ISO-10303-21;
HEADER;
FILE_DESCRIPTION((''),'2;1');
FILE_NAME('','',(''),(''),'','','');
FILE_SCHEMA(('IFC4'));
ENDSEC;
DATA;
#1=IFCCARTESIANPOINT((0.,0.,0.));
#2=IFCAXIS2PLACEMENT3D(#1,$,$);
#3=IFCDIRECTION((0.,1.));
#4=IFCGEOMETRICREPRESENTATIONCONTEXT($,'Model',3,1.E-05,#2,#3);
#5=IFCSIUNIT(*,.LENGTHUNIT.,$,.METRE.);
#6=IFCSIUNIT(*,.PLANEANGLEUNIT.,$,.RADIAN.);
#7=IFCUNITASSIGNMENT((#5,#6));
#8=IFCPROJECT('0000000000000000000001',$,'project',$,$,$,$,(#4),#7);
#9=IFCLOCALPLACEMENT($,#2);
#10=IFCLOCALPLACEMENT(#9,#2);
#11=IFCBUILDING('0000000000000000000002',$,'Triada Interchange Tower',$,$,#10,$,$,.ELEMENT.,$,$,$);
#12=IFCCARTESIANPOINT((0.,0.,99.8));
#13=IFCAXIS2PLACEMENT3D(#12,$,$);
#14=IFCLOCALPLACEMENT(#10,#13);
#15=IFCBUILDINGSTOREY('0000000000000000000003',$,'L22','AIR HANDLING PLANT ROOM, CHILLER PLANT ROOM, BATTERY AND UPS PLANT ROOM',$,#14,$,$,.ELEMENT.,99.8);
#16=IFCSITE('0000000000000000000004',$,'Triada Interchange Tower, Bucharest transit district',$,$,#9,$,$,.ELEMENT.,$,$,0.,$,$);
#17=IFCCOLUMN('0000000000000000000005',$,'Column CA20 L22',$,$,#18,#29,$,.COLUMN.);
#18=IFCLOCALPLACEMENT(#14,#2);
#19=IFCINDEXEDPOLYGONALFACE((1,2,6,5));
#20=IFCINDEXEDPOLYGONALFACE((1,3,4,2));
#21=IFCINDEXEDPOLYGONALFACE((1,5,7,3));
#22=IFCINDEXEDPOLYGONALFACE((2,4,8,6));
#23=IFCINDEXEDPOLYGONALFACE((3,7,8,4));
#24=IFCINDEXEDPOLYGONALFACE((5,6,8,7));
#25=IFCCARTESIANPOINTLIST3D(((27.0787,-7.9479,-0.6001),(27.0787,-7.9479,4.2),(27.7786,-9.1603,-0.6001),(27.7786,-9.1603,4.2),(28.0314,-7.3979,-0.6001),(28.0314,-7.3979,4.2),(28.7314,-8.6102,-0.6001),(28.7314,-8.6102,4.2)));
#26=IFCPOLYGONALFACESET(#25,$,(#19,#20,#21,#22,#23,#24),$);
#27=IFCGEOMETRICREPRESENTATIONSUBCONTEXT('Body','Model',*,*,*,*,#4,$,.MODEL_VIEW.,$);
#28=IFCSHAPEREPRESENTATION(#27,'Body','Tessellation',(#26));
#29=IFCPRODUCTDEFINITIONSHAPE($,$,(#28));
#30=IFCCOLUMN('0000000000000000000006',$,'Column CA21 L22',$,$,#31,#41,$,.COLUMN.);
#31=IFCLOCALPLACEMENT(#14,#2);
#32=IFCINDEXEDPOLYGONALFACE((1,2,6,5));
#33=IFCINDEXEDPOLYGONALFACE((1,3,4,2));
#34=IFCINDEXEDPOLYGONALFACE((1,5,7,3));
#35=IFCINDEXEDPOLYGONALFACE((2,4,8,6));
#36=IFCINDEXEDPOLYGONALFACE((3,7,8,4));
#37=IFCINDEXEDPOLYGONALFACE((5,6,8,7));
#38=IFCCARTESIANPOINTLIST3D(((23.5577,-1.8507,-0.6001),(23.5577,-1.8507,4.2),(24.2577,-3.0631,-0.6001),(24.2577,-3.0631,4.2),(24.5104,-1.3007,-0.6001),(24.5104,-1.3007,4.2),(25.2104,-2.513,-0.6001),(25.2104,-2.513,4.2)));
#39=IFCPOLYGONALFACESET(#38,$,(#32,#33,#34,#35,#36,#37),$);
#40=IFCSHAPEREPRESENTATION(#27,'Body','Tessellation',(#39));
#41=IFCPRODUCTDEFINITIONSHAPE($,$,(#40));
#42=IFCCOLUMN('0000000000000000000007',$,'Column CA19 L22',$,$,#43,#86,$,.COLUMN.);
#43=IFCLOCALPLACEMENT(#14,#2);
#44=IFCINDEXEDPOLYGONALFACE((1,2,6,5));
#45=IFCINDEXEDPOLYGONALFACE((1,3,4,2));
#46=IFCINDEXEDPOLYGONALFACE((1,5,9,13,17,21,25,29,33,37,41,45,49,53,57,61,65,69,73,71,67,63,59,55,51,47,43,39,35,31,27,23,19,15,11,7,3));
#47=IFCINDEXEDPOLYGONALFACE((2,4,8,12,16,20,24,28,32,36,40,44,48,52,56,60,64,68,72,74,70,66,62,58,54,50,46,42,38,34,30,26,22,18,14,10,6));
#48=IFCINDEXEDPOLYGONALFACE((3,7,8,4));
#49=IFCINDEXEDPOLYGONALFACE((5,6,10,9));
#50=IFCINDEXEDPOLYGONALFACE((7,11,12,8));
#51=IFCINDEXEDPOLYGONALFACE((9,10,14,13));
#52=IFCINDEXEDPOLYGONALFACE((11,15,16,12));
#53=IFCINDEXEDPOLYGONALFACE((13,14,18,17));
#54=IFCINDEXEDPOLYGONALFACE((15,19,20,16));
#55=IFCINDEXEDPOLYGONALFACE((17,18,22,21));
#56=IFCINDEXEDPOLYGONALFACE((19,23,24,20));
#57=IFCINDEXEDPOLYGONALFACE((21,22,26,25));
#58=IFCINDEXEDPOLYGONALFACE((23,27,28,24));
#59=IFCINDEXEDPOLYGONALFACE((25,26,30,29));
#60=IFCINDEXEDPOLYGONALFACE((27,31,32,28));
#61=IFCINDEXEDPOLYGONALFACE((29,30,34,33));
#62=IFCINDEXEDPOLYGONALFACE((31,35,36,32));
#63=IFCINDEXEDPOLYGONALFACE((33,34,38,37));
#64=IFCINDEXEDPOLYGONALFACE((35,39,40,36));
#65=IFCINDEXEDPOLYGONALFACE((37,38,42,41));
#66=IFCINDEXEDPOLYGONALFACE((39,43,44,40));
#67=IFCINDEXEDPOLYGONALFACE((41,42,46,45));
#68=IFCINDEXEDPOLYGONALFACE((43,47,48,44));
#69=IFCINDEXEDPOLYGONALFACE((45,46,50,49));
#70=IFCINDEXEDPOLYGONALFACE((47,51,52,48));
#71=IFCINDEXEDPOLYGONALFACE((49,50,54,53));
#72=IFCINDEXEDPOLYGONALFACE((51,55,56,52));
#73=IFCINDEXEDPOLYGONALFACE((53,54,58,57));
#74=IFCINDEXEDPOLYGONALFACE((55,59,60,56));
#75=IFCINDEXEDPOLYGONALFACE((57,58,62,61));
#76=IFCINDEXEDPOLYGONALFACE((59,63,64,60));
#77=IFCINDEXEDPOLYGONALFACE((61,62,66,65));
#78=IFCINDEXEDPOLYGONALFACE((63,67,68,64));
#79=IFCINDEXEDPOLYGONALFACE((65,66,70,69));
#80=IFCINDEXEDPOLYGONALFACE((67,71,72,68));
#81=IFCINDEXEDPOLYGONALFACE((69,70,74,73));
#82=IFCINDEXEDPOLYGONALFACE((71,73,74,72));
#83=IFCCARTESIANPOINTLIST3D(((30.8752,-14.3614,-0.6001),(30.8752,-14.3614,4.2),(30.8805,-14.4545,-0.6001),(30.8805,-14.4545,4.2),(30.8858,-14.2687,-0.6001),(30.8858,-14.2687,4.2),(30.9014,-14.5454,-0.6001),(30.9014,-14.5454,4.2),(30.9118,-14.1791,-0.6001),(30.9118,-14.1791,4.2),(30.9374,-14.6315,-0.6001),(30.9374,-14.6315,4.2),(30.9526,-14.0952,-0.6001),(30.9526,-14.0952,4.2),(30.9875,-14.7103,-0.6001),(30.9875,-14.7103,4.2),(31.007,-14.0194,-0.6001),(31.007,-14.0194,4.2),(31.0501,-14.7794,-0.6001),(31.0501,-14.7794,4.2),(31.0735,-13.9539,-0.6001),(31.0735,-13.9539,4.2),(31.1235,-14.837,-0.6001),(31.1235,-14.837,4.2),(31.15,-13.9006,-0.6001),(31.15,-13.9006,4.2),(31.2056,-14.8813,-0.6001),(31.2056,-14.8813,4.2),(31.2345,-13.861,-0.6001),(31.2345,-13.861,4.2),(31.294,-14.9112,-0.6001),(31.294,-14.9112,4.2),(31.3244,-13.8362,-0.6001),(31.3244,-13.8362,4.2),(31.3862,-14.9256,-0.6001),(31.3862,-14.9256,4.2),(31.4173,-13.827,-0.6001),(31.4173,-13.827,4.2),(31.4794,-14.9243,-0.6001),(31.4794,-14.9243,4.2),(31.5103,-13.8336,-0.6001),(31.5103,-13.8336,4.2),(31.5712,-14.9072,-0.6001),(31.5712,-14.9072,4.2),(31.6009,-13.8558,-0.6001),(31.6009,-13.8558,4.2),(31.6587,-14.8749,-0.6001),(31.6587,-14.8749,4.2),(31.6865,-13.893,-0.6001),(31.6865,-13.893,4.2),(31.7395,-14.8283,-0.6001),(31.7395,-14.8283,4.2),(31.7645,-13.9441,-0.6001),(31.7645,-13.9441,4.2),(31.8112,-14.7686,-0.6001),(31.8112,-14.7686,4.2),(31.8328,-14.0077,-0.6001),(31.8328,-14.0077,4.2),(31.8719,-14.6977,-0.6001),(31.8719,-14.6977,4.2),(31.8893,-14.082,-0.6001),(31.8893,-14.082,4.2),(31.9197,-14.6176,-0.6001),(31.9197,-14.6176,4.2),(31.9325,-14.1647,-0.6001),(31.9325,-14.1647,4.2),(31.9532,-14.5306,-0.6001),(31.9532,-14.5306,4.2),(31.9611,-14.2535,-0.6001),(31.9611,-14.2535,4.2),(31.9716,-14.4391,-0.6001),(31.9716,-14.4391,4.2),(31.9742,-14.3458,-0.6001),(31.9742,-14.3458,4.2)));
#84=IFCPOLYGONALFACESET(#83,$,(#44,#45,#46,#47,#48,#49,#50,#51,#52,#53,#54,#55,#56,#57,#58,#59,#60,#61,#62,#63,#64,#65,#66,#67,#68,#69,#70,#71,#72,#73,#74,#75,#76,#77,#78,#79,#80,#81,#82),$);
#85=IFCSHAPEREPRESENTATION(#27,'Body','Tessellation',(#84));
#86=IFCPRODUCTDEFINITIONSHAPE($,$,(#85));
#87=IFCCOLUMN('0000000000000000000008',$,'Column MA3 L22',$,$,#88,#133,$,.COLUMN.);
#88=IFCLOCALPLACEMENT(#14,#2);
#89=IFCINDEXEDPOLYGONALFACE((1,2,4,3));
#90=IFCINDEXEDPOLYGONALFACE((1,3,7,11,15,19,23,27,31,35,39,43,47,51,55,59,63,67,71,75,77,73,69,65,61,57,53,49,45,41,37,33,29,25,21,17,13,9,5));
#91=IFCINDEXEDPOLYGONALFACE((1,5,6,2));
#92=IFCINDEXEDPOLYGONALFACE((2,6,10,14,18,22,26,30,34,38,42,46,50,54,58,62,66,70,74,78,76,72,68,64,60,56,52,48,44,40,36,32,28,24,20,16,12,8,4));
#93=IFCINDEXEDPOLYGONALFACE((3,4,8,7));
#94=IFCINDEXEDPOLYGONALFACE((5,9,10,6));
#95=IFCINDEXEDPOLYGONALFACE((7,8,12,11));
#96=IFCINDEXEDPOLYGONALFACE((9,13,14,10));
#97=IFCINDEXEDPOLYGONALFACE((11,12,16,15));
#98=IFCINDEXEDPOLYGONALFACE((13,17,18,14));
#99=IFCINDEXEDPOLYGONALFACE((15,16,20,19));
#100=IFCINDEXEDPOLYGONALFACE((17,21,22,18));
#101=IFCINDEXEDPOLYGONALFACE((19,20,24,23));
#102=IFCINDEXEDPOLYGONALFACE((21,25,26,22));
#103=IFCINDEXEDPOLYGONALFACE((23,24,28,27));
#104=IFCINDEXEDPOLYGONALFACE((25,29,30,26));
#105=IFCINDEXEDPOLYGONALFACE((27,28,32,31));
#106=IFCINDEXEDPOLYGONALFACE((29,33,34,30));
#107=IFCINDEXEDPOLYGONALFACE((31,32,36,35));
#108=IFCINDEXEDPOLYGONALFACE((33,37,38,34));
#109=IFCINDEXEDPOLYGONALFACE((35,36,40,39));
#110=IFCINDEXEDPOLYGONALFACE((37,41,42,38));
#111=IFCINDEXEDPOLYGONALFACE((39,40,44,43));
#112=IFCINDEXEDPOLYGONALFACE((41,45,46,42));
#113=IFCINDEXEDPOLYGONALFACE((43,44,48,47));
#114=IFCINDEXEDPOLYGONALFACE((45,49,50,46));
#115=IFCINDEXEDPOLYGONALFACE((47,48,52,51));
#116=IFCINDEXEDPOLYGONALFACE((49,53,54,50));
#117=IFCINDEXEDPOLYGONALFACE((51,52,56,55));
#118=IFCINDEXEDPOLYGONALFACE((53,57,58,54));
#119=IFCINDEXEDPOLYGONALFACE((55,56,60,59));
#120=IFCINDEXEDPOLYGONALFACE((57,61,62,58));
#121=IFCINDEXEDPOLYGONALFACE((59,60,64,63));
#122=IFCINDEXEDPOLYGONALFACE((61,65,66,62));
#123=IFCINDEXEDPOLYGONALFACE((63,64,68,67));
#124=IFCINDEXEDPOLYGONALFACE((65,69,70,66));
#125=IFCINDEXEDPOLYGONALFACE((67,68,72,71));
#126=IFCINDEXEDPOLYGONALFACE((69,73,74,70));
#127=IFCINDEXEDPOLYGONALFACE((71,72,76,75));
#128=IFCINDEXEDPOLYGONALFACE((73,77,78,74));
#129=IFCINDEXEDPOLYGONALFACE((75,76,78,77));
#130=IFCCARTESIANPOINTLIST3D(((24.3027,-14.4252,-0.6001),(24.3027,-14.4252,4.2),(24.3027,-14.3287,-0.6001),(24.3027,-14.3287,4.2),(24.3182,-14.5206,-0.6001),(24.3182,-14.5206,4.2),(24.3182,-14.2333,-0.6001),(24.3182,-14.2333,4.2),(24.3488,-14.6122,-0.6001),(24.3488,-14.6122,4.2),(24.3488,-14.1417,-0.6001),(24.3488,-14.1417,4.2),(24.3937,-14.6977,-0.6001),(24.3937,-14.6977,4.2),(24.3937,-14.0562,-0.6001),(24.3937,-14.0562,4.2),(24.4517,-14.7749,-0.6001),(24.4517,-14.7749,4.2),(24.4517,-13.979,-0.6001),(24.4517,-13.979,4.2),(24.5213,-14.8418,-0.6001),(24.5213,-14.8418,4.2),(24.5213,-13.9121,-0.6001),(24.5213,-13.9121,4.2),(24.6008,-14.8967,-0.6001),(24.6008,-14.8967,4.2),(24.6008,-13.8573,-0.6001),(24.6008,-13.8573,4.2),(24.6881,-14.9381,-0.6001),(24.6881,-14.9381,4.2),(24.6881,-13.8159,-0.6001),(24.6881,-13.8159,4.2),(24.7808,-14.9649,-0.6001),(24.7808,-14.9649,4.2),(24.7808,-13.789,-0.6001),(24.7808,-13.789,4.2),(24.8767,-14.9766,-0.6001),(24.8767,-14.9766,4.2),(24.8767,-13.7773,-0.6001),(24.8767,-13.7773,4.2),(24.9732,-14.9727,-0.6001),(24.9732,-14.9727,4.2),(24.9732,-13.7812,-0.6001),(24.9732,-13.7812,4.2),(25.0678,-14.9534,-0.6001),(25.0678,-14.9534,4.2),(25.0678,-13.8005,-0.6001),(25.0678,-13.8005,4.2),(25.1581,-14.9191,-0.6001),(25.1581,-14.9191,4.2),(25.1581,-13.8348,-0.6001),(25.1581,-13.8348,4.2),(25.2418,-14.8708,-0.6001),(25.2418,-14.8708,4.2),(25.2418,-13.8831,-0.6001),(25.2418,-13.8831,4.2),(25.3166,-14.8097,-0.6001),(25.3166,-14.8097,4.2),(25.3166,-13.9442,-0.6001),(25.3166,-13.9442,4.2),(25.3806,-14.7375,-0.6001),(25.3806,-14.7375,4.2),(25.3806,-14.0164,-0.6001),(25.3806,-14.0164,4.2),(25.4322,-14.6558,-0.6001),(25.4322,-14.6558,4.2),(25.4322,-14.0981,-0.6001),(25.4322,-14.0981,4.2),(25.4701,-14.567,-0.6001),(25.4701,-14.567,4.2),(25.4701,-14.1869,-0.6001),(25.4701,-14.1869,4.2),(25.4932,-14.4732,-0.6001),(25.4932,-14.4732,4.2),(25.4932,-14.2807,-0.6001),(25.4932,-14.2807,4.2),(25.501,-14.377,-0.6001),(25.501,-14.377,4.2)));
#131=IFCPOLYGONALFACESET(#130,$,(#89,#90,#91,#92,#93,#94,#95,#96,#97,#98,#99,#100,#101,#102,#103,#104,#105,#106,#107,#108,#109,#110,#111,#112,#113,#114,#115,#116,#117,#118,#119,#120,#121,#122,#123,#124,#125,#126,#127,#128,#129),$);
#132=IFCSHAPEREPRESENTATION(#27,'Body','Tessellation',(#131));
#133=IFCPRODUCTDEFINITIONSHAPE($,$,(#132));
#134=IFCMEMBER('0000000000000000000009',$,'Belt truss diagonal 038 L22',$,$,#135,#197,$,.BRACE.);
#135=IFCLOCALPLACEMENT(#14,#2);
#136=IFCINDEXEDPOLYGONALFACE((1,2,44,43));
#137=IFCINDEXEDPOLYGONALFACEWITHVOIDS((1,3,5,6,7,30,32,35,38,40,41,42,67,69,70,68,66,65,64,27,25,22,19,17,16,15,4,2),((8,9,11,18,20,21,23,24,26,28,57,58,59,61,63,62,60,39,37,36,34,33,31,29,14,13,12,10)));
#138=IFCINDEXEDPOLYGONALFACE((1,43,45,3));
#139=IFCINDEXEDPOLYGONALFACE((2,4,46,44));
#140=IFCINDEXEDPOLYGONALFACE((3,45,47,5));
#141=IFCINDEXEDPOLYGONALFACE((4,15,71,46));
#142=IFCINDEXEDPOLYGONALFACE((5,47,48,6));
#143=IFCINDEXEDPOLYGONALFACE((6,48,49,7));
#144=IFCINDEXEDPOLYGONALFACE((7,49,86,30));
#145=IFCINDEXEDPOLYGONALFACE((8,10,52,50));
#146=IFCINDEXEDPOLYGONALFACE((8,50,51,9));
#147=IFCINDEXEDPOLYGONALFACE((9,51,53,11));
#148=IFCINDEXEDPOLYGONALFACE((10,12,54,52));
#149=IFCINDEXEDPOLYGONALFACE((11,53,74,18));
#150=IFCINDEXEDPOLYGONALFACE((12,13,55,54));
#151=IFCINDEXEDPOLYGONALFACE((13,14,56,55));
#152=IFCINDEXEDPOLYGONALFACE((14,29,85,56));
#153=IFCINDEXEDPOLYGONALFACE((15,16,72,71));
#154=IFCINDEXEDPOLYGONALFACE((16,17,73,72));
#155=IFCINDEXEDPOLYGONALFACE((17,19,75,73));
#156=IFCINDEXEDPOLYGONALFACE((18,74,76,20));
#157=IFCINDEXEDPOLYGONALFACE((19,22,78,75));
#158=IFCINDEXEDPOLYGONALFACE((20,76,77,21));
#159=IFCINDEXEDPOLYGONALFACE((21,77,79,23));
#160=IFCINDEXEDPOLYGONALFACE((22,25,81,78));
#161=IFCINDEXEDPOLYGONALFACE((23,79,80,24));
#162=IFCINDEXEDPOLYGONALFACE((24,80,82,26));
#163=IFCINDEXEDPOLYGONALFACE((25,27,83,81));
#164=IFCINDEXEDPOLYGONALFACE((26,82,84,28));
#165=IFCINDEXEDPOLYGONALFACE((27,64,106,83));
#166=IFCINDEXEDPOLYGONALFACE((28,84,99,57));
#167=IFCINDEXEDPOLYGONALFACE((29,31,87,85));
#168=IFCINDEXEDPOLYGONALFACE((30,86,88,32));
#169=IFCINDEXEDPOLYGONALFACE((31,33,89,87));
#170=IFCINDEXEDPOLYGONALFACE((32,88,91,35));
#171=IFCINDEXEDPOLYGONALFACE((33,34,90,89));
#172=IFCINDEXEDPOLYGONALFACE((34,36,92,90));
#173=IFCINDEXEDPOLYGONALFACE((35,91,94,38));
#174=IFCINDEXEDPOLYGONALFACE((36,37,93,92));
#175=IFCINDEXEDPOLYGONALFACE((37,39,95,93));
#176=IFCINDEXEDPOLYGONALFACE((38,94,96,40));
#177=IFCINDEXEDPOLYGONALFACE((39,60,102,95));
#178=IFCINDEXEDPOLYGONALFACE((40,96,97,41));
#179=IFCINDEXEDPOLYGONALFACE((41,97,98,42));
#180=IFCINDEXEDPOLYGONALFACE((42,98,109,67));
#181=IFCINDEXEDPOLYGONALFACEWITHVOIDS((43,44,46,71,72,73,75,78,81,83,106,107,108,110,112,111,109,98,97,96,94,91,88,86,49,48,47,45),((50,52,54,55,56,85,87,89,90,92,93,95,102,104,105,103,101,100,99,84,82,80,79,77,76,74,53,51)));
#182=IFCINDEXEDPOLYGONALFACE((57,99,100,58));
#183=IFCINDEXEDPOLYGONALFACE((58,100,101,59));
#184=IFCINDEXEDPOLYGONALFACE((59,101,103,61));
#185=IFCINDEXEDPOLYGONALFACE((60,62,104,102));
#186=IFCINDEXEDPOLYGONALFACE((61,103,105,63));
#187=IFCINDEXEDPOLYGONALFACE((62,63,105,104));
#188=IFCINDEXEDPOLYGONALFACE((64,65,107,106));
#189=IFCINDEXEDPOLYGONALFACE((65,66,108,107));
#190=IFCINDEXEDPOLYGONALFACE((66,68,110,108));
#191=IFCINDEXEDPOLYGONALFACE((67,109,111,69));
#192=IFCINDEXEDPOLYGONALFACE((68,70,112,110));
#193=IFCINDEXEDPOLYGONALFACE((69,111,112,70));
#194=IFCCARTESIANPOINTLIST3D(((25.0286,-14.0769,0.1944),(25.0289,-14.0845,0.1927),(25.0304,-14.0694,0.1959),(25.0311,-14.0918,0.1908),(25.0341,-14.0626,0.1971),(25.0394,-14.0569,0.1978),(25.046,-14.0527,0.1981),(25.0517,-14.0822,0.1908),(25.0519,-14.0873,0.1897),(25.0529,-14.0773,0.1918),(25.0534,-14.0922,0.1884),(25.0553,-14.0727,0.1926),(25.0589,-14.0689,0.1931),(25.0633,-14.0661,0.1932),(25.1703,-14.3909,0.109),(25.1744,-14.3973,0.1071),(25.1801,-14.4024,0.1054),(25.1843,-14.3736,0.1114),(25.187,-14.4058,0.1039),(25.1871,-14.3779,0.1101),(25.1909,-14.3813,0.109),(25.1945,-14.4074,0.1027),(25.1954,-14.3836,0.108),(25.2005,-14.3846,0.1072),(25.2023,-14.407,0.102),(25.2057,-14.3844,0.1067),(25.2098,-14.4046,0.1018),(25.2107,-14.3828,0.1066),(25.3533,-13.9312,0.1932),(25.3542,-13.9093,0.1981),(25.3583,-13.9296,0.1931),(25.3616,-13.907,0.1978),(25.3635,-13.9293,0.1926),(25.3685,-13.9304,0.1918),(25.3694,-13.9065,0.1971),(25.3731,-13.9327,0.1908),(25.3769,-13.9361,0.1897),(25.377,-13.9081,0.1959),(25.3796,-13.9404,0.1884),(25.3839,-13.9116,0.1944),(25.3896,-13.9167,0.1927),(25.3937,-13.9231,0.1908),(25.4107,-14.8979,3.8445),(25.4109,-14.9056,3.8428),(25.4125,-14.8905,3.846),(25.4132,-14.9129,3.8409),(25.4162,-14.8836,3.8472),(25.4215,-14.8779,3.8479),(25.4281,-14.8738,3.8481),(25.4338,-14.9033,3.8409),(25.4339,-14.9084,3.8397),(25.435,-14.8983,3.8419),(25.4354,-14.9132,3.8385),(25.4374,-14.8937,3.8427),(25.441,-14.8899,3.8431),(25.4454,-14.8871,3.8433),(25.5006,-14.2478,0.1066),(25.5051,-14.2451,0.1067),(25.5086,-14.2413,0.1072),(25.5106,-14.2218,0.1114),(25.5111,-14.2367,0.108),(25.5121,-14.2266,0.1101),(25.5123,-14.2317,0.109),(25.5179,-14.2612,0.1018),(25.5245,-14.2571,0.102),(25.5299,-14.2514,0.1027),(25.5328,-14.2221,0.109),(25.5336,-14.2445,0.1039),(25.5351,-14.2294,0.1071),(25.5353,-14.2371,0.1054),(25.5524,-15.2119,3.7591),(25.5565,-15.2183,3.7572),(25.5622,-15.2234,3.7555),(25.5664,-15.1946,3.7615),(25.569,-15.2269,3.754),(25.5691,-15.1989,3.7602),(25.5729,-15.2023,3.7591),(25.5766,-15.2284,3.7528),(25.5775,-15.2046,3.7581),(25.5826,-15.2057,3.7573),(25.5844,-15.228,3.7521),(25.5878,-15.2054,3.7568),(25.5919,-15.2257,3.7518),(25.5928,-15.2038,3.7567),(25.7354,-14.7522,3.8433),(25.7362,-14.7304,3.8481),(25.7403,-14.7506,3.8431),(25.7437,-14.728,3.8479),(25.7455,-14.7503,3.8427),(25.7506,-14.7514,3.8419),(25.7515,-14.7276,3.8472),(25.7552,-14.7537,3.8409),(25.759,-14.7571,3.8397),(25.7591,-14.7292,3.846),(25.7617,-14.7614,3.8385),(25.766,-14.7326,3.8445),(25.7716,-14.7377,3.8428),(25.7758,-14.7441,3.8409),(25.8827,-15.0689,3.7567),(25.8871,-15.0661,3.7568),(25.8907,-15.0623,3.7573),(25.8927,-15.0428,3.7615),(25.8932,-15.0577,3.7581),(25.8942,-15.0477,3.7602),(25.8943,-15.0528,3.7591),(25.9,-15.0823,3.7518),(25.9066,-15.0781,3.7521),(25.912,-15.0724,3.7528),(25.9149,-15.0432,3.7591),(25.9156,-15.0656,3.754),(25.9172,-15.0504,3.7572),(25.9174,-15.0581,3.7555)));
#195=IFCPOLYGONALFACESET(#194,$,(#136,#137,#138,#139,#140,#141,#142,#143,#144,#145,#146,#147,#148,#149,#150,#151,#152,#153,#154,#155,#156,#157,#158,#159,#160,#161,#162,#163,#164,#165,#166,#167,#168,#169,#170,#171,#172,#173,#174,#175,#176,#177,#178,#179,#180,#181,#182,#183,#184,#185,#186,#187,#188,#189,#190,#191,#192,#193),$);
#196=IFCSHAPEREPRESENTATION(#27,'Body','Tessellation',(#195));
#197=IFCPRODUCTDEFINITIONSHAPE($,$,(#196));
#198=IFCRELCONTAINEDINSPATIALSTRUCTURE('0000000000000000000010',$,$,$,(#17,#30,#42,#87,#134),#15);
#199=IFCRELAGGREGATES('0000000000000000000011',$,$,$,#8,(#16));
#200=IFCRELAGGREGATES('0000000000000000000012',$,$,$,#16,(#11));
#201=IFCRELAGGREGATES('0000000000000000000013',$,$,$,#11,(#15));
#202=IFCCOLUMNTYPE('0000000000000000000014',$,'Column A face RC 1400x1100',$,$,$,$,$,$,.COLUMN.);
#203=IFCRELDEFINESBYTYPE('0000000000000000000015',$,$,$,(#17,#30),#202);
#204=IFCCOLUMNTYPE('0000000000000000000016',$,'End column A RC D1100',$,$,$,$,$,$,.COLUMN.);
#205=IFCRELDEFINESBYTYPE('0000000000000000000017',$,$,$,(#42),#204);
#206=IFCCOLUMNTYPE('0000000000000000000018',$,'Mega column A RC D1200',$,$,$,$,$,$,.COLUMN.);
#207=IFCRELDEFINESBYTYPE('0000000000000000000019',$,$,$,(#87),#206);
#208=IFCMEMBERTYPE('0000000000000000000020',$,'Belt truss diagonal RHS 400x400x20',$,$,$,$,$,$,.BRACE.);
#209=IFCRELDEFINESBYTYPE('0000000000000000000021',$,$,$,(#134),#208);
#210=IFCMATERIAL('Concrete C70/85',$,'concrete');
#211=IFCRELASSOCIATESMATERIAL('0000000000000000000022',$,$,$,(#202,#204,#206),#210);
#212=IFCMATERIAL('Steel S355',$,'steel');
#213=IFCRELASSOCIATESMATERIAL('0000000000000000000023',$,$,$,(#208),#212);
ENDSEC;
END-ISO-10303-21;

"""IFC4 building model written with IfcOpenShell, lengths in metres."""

from ifc_helpers import new_model, si_unit, direction, frame, origin, origin_2d, place, context, subcontext, project, spatial, rectangle, hollow_rectangle, circle, extrude, material, material_profile, profile_set, type_object, element, save


model = new_model("IFC4")

# Units and contexts
model_context = context("Model", 3, precision=1e-05, world=origin(), true_north=direction((0.0, 1.0)))
body_context = subcontext(model_context, "Body", "Model", "MODEL_VIEW")
ifc_project = project(units=[si_unit("LENGTHUNIT", "METRE"), si_unit("PLANEANGLEUNIT", "RADIAN")], contexts=[model_context])

# Site, building, storey
site_placement = place(None, origin())
site = spatial("IfcSite", under=ifc_project, at=site_placement, Name="Triada Interchange Tower, Bucharest transit district", CompositionType="ELEMENT", RefElevation=0.0)
building_placement = place(site_placement, origin())
building = spatial("IfcBuilding", under=site, at=building_placement, Name="Triada Interchange Tower", CompositionType="ELEMENT")
storey_placement = place(building_placement, frame((0.0, 0.0, 99.8)))
storey = spatial("IfcBuildingStorey", under=building, at=storey_placement, Name="L22", Description="AIR HANDLING PLANT ROOM, CHILLER PLANT ROOM, BATTERY AND UPS PLANT ROOM", CompositionType="ELEMENT", Elevation=99.8)

# Columns
ifc_material_1 = material(Name="Concrete C70/85", Category="concrete")
ifc_material_profile_1 = material_profile(ifc_material_1, rectangle(XDim=1.3999, YDim=1.1001, at=origin_2d()), Name="RC 1400x1100")
ifc_profile_set_1 = profile_set([ifc_material_profile_1], Name="Concrete C70/85")
column_type_1 = type_object("IfcColumnType", Name="Column A face RC 1400x1100", PredefinedType="COLUMN", material=ifc_profile_set_1)
for number, where, z_axis, x_axis, name in (
    (1, (27.905, -8.2791, -0.6001), (0.0, 0.0, 1.0), (-0.5, 0.866025, 0.0), "Column CA20 L22"),
    (2, (24.384, -2.1819, -0.6001), (0.0, 0.0, 1.0), (-0.5, 0.866025, 0.0), "Column CA21 L22"),
):
    element("IfcColumn", number, at=place(storey_placement, frame(where, z_axis=z_axis, x_axis=x_axis)), inside=storey, type_object=column_type_1, Name=name, PredefinedType="COLUMN", context=body_context, shape_type="SweptSolid", body=[
        extrude(rectangle(XDim=1.3999, YDim=1.1001, at=origin_2d()), origin(), (0.0, 0.0, 1.0), 4.8),
    ])
ifc_material_profile_2 = material_profile(ifc_material_1, circle(Radius=0.55, at=origin_2d()), Name="RC D1100")
ifc_profile_set_2 = profile_set([ifc_material_profile_2], Name="Concrete C70/85")
column_type_2 = type_object("IfcColumnType", Name="End column A RC D1100", PredefinedType="COLUMN", material=ifc_profile_set_2)
column_1_placement = place(storey_placement, frame((31.425, -14.377, -0.6001), z_axis=(0.0, 0.0, 1.0), x_axis=(-0.5, 0.866025, 0.0)))
element("IfcColumn", 3, at=column_1_placement, inside=storey, type_object=column_type_2, Name="Column CA19 L22", PredefinedType="COLUMN", context=body_context, shape_type="SweptSolid", body=[
    extrude(circle(Radius=0.55, at=origin_2d()), origin(), (0.0, 0.0, 1.0), 4.8),
])
ifc_material_profile_3 = material_profile(ifc_material_1, circle(Radius=0.6001, at=origin_2d()), Name="RC D1200")
ifc_profile_set_3 = profile_set([ifc_material_profile_3], Name="Concrete C70/85")
column_type_3 = type_object("IfcColumnType", Name="Mega column A RC D1200", PredefinedType="COLUMN", material=ifc_profile_set_3)
column_2_placement = place(storey_placement, frame((24.9009, -14.377, -0.6001), z_axis=(0.0, 0.0, 1.0), x_axis=(1.0, 0.0, 0.0)))
element("IfcColumn", 4, at=column_2_placement, inside=storey, type_object=column_type_3, Name="Column MA3 L22", PredefinedType="COLUMN", context=body_context, shape_type="SweptSolid", body=[
    extrude(circle(Radius=0.6001, at=origin_2d()), origin(), (0.0, 0.0, 1.0), 4.8),
])

# Member
ifc_material_2 = material(Name="Steel S355", Category="steel")
ifc_material_profile_4 = material_profile(ifc_material_2, hollow_rectangle(XDim=0.3999, YDim=0.3999, WallThickness=0.02, InnerFilletRadius=0.02, OuterFilletRadius=0.03, at=origin_2d()), Name="RHS 400x400x20")
ifc_profile_set_4 = profile_set([ifc_material_profile_4], Name="Steel S355")
member_type_1 = type_object("IfcMemberType", Name="Belt truss diagonal RHS 400x400x20", PredefinedType="BRACE", material=ifc_profile_set_4)
member_1_placement = place(storey_placement, frame((25.282, -14.157, 0.1499), z_axis=(0.101595, -0.218316, 0.970575), x_axis=(0.906637, 0.421911, 0.0)))
element("IfcMember", 5, at=member_1_placement, inside=storey, type_object=member_type_1, Name="Belt truss diagonal 038 L22", PredefinedType="BRACE", context=body_context, shape_type="SweptSolid", body=[
    extrude(hollow_rectangle(XDim=0.3999, YDim=0.3999, WallThickness=0.02, InnerFilletRadius=0.02, OuterFilletRadius=0.03, at=origin_2d()), origin(), (0.0, 0.0, 1.0), 3.7607),
])

save(model, "model.ifc")
